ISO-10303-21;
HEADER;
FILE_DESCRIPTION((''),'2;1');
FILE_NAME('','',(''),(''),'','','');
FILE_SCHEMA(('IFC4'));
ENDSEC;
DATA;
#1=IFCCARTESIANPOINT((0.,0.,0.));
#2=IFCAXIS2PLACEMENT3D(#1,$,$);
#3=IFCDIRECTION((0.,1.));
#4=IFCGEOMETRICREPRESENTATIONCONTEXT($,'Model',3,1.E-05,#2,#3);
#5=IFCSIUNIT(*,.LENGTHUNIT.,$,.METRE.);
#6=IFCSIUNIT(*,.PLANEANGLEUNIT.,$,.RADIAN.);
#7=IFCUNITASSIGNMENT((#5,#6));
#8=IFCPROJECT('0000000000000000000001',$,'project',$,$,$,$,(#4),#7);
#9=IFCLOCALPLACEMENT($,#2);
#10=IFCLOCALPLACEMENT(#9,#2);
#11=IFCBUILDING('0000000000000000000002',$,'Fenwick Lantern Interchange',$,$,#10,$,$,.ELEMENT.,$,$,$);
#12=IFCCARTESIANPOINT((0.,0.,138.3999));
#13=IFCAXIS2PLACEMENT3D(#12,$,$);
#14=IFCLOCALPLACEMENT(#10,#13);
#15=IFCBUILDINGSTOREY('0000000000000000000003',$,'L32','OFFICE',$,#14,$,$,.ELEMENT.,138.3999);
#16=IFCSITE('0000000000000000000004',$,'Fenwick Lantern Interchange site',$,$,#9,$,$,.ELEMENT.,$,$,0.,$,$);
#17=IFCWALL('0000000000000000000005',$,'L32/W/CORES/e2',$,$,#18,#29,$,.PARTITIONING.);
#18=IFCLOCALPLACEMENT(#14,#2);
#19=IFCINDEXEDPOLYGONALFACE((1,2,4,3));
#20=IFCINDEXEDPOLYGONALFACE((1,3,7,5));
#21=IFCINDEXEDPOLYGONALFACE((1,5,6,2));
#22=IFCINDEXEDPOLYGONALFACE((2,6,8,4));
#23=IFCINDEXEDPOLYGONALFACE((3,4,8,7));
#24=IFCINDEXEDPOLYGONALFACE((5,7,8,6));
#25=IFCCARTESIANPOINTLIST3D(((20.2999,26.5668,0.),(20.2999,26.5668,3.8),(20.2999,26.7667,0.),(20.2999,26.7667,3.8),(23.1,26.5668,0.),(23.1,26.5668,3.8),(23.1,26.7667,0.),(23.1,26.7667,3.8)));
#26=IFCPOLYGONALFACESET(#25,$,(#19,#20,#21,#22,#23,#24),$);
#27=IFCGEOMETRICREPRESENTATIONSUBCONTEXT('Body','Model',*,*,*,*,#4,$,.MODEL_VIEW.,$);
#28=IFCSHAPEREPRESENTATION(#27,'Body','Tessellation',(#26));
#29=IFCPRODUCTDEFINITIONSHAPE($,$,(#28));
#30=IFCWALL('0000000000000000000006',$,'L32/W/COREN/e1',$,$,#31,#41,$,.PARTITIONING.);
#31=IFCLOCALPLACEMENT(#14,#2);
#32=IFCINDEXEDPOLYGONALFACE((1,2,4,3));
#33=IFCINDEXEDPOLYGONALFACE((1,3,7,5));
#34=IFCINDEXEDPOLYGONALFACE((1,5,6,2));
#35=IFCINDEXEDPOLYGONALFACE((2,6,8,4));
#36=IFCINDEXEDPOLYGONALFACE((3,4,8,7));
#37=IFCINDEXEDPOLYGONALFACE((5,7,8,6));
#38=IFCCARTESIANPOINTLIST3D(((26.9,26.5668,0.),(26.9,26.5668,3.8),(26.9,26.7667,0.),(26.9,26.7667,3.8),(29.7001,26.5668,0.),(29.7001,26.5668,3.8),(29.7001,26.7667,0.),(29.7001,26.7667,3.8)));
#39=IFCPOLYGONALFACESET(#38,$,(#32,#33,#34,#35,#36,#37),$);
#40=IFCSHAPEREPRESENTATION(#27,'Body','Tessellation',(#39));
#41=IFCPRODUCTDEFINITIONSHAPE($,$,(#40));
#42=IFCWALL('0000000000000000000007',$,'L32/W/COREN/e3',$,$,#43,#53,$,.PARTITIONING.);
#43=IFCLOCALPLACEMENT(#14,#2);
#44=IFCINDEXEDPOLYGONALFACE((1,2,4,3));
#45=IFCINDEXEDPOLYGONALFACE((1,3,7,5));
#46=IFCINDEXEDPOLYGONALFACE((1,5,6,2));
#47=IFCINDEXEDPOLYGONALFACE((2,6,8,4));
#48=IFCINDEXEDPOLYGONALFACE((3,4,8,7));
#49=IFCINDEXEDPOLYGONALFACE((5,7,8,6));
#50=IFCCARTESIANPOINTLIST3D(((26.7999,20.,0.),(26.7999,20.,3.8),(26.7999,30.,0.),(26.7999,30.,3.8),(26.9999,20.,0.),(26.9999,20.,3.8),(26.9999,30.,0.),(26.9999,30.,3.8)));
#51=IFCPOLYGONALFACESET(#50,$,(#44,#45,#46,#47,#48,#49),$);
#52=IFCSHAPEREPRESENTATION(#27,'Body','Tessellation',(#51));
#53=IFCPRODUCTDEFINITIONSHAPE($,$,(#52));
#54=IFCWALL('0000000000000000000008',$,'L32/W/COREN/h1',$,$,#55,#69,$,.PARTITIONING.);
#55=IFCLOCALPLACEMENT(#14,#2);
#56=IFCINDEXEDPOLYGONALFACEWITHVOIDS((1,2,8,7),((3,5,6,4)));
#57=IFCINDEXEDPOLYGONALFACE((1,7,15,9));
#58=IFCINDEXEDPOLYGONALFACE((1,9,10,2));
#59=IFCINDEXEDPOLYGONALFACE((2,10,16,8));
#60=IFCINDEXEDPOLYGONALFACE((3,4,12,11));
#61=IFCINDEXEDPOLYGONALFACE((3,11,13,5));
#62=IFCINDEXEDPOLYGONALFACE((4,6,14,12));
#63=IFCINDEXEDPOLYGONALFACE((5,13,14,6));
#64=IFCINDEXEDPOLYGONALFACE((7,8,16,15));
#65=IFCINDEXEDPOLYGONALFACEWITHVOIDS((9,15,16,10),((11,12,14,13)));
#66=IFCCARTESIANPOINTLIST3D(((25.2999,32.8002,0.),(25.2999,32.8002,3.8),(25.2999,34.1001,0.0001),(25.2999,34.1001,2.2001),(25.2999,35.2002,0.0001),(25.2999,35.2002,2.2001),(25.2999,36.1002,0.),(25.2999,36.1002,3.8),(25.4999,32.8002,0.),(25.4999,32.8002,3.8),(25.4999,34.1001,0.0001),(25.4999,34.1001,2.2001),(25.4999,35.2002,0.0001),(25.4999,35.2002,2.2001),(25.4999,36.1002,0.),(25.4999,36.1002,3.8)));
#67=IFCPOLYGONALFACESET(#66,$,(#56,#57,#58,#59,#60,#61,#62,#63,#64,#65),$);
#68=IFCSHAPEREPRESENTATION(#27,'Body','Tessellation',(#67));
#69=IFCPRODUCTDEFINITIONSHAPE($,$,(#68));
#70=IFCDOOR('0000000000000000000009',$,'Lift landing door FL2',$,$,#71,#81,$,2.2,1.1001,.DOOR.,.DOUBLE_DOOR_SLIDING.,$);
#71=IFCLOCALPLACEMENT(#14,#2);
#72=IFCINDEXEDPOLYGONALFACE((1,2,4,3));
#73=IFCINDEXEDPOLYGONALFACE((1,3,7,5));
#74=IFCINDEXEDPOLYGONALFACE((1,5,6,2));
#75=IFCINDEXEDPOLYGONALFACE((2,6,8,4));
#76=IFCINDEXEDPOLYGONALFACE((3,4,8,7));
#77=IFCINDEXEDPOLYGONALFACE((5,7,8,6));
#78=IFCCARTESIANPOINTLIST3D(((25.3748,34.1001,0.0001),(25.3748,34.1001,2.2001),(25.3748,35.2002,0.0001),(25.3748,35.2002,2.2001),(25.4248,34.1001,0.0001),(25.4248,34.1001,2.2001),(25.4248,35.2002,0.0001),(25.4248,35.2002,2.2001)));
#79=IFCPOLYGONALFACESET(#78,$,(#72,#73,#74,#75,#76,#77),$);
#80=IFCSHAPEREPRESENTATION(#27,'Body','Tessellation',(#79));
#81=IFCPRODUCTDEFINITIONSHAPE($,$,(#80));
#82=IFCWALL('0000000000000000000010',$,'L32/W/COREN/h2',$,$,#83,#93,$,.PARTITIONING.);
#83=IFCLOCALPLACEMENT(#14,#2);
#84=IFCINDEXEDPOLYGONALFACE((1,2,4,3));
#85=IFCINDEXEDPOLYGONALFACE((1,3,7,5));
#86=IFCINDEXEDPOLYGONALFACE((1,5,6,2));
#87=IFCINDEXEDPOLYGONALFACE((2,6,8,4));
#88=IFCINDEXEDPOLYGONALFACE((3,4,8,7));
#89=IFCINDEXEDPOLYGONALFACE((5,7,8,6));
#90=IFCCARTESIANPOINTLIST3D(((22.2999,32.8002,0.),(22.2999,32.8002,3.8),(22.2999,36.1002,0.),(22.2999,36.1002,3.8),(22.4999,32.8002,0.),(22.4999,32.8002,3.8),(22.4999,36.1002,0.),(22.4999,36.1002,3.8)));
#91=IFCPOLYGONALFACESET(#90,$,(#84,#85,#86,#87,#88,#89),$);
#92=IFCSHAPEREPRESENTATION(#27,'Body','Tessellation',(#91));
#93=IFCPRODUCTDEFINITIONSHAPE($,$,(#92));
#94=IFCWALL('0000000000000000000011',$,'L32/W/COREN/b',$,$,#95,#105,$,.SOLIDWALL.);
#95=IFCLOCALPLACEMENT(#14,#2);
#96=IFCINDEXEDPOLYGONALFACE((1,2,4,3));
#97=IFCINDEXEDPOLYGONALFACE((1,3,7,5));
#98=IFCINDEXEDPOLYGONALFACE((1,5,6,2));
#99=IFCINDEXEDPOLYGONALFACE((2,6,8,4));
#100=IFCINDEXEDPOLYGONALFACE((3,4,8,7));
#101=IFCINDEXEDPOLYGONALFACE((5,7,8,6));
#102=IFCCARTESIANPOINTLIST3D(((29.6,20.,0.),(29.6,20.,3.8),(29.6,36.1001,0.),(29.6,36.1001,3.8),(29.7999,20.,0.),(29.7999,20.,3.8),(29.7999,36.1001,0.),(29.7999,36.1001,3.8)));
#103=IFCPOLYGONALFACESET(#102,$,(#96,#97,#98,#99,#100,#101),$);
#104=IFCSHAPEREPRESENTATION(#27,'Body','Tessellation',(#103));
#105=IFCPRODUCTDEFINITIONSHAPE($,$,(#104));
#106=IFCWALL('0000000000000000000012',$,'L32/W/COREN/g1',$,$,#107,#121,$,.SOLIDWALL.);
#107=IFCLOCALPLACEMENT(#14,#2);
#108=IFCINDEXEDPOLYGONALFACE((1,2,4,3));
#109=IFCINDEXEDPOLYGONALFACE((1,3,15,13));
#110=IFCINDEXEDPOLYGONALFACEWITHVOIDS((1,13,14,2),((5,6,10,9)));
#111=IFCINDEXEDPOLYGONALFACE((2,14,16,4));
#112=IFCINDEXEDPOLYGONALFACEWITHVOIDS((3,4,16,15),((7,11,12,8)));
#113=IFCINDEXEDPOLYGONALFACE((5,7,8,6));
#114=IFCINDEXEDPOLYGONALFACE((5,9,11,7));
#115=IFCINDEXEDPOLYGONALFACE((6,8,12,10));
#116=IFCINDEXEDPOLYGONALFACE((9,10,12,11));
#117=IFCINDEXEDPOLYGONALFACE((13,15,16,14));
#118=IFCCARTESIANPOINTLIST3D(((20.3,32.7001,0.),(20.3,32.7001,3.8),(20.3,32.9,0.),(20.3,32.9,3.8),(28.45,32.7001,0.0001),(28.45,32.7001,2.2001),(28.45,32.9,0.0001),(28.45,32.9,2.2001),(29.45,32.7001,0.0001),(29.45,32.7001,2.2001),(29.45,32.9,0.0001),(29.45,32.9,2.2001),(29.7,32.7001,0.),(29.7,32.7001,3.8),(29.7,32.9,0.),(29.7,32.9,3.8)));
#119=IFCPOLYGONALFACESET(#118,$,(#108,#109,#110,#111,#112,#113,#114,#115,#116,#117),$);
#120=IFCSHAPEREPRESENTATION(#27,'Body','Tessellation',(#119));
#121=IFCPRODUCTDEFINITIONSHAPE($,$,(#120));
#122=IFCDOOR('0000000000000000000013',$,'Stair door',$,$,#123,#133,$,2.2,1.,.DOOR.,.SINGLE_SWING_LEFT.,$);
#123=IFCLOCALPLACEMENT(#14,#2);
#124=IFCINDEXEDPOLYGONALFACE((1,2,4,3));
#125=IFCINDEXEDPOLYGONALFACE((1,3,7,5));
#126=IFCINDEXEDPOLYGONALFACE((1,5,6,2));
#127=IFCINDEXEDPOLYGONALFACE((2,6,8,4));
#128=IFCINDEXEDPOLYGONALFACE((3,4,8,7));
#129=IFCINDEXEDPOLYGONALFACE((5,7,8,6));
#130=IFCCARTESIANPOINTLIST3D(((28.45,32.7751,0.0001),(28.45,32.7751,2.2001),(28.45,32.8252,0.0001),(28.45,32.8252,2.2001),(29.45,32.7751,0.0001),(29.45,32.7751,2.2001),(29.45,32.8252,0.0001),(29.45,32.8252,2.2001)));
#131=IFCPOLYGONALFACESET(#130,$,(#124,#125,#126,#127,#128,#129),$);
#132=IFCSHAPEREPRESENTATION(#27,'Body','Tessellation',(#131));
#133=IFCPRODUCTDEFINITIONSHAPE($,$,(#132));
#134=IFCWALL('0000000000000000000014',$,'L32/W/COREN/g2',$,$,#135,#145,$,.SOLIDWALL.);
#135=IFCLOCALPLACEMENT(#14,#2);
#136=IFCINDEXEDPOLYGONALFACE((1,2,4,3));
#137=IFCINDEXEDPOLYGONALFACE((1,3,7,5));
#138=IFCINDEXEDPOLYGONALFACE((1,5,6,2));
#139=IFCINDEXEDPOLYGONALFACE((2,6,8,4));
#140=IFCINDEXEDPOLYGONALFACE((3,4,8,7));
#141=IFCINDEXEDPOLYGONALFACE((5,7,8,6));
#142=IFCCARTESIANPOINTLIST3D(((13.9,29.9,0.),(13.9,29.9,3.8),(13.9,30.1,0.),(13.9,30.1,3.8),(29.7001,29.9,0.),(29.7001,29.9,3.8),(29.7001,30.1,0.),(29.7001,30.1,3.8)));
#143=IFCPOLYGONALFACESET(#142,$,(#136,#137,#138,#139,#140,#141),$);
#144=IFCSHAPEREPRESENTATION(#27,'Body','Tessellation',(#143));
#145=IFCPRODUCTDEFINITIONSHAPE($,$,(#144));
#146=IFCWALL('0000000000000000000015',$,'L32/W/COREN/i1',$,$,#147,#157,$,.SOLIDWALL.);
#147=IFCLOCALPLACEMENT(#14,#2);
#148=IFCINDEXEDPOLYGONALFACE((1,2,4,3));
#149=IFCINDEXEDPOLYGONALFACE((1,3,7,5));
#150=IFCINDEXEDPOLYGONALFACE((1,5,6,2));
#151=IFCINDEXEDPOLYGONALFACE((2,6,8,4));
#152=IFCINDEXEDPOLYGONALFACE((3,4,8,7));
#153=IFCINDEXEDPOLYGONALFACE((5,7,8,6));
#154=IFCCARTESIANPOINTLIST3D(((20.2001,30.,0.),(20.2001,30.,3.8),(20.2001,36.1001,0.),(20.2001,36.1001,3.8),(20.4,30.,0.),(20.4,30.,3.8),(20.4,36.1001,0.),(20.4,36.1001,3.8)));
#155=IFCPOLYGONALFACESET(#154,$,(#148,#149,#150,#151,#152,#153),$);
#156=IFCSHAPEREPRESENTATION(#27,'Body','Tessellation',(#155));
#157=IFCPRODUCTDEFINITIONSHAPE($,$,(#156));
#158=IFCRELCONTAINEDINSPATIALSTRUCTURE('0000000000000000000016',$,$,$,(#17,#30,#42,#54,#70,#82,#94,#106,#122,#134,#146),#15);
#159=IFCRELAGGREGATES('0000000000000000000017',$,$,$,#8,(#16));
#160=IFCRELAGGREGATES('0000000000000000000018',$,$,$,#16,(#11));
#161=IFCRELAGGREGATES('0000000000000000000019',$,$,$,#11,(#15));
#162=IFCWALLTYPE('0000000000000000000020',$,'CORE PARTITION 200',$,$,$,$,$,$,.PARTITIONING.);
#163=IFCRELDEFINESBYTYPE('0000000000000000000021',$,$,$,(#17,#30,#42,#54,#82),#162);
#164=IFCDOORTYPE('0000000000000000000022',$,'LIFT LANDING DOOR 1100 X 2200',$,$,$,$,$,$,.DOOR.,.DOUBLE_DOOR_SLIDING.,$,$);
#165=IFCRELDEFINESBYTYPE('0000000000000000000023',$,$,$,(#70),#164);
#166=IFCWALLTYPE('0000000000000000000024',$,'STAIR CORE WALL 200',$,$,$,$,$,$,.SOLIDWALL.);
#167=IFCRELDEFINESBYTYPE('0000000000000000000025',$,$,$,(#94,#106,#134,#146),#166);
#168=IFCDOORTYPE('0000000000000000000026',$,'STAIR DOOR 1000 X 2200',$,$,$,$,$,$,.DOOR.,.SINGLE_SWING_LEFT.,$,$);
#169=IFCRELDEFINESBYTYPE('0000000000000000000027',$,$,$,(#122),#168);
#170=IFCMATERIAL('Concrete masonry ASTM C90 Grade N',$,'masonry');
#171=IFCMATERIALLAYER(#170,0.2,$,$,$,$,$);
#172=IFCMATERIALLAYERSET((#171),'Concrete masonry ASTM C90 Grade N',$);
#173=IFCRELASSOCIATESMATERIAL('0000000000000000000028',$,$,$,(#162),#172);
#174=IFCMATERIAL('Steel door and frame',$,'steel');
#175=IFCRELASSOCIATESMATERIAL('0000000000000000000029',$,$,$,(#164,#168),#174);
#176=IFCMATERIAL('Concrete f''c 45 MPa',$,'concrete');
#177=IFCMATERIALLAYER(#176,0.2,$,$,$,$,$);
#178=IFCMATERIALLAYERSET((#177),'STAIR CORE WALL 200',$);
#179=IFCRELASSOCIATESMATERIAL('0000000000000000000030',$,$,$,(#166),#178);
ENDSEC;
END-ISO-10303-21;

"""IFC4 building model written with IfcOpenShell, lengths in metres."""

from ifc_helpers import new_model, si_unit, direction, frame, frame_2d, origin, place, context, subcontext, project, spatial, rectangle, extrude, material, layer, layer_set, type_object, element, fill, save


model = new_model("IFC4")

# Units and contexts
model_context = context("Model", 3, precision=1e-05, world=origin(), true_north=direction((0.0, 1.0)))
body_context = subcontext(model_context, "Body", "Model", "MODEL_VIEW")
ifc_project = project(units=[si_unit("LENGTHUNIT", "METRE"), si_unit("PLANEANGLEUNIT", "RADIAN")], contexts=[model_context])

# Site, building, storey
site_placement = place(None, origin())
site = spatial("IfcSite", under=ifc_project, at=site_placement, Name="Fenwick Lantern Interchange site", CompositionType="ELEMENT", RefElevation=0.0)
building_placement = place(site_placement, origin())
building = spatial("IfcBuilding", under=site, at=building_placement, Name="Fenwick Lantern Interchange", CompositionType="ELEMENT")
storey_placement = place(building_placement, frame((0.0, 0.0, 138.3999)))
storey = spatial("IfcBuildingStorey", under=building, at=storey_placement, Name="L32", Description="OFFICE", CompositionType="ELEMENT", Elevation=138.3999)

# Walls
ifc_material_1 = material(Name="Concrete masonry ASTM C90 Grade N", Category="masonry")
ifc_layer_1 = layer(ifc_material_1, 0.2)
ifc_layer_set_1 = layer_set([ifc_layer_1], Name="Concrete masonry ASTM C90 Grade N")
wall_type_1 = type_object("IfcWallType", Name="CORE PARTITION 200", PredefinedType="PARTITIONING", material=ifc_layer_set_1)
for number, where, z_axis, x_axis, name in (
    (1, (20.3, 26.6667, 0.0), (0.0, 0.0, 1.0), (1.0, 0.0, 0.0), "L32/W/CORES/e2"),
    (2, (29.7, 26.6667, 0.0), (0.0, 0.0, 1.0), (-1.0, 0.0, 0.0), "L32/W/COREN/e1"),
):
    element("IfcWall", number, at=place(storey_placement, frame(where, z_axis=z_axis, x_axis=x_axis)), inside=storey, type_object=wall_type_1, Name=name, PredefinedType="PARTITIONING", context=body_context, shape_type="SweptSolid", body=[
        extrude(rectangle(XDim=2.8, YDim=0.2, at=frame_2d((1.3999, 0.0))), origin(), (0.0, 0.0, 1.0), 3.8),
    ])
wall_1_placement = place(storey_placement, frame((26.8999, 30.0, 0.0), z_axis=(0.0, 0.0, 1.0), x_axis=(0.0, -1.0, 0.0)))
element("IfcWall", 3, at=wall_1_placement, inside=storey, type_object=wall_type_1, Name="L32/W/COREN/e3", PredefinedType="PARTITIONING", context=body_context, shape_type="SweptSolid", body=[
    extrude(rectangle(XDim=10.0, YDim=0.2, at=frame_2d((5.0, 0.0))), origin(), (0.0, 0.0, 1.0), 3.8),
])

# Wall, opening, door
wall_2_placement = place(storey_placement, frame((25.3999, 36.1001, 0.0), z_axis=(0.0, 0.0, 1.0), x_axis=(0.0, -1.0, 0.0)))
wall_2 = element("IfcWall", 4, at=wall_2_placement, inside=storey, type_object=wall_type_1, Name="L32/W/COREN/h1", PredefinedType="PARTITIONING", context=body_context, shape_type="SweptSolid", body=[
    extrude(rectangle(XDim=3.3, YDim=0.2, at=frame_2d((1.6499, 0.0))), origin(), (0.0, 0.0, 1.0), 3.8),
])
opening_1_placement = place(wall_2_placement, frame((0.8999, 0.0, 0.0)))
opening_1 = element("IfcOpeningElement", 5, at=opening_1_placement, cuts=wall_2, PredefinedType="OPENING", context=body_context, shape_type="SweptSolid", body=[
    extrude(rectangle(XDim=1.1001, YDim=2.2, at=frame_2d((0.55, 1.1001))), frame((0.0, 0.1099, 0.0), z_axis=(0.0, -1.0, 0.0), x_axis=(1.0, 0.0, 0.0)), (0.0, 0.0, 1.0), 0.22),
])
ifc_material_2 = material(Name="Steel door and frame", Category="steel")
door_type_1 = type_object("IfcDoorType", Name="LIFT LANDING DOOR 1100 X 2200", OperationType="DOUBLE_DOOR_SLIDING", PredefinedType="DOOR", material=ifc_material_2)
door_1_placement = place(opening_1_placement, origin())
door_1 = element("IfcDoor", 6, at=door_1_placement, inside=storey, type_object=door_type_1, Name="Lift landing door FL2", OperationType="DOUBLE_DOOR_SLIDING", OverallHeight=2.2, OverallWidth=1.1001, PredefinedType="DOOR", context=body_context, shape_type="SweptSolid", body=[
    extrude(rectangle(XDim=1.1001, YDim=2.2, at=frame_2d((0.55, 1.1001))), frame((0.0, 0.0249, 0.0), z_axis=(0.0, -1.0, 0.0), x_axis=(1.0, 0.0, 0.0)), (0.0, 0.0, 1.0), 0.05),
])
fill(opening_1, door_1)

# Walls
wall_3_placement = place(storey_placement, frame((22.3999, 36.1001, 0.0), z_axis=(0.0, 0.0, 1.0), x_axis=(0.0, -1.0, 0.0)))
element("IfcWall", 7, at=wall_3_placement, inside=storey, type_object=wall_type_1, Name="L32/W/COREN/h2", PredefinedType="PARTITIONING", context=body_context, shape_type="SweptSolid", body=[
    extrude(rectangle(XDim=3.3, YDim=0.2, at=frame_2d((1.6499, 0.0))), origin(), (0.0, 0.0, 1.0), 3.8),
])
ifc_material_3 = material(Name="Concrete f'c 45 MPa", Category="concrete")
ifc_layer_2 = layer(ifc_material_3, 0.2)
ifc_layer_set_2 = layer_set([ifc_layer_2], Name="STAIR CORE WALL 200")
wall_type_2 = type_object("IfcWallType", Name="STAIR CORE WALL 200", PredefinedType="SOLIDWALL", material=ifc_layer_set_2)
wall_4_placement = place(storey_placement, frame((29.7, 36.1001, 0.0), z_axis=(0.0, 0.0, 1.0), x_axis=(0.0, -1.0, 0.0)))
element("IfcWall", 8, at=wall_4_placement, inside=storey, type_object=wall_type_2, Name="L32/W/COREN/b", PredefinedType="SOLIDWALL", context=body_context, shape_type="SweptSolid", body=[
    extrude(rectangle(XDim=16.1001, YDim=0.2, at=frame_2d((8.05, 0.0))), origin(), (0.0, 0.0, 1.0), 3.8),
])

# Wall, opening, door
wall_5_placement = place(storey_placement, frame((29.7, 32.8, 0.0), z_axis=(0.0, 0.0, 1.0), x_axis=(-1.0, 0.0, 0.0)))
wall_5 = element("IfcWall", 9, at=wall_5_placement, inside=storey, type_object=wall_type_2, Name="L32/W/COREN/g1", PredefinedType="SOLIDWALL", context=body_context, shape_type="SweptSolid", body=[
    extrude(rectangle(XDim=9.3999, YDim=0.2, at=frame_2d((4.7, 0.0))), origin(), (0.0, 0.0, 1.0), 3.8),
])
opening_2_placement = place(wall_5_placement, frame((0.25, 0.0, 0.0)))
opening_2 = element("IfcOpeningElement", 10, at=opening_2_placement, cuts=wall_5, PredefinedType="OPENING", context=body_context, shape_type="SweptSolid", body=[
    extrude(rectangle(XDim=1.0, YDim=2.2, at=frame_2d((0.5, 1.1001))), frame((0.0, 0.1099, 0.0), z_axis=(0.0, -1.0, 0.0), x_axis=(1.0, 0.0, 0.0)), (0.0, 0.0, 1.0), 0.22),
])
door_type_2 = type_object("IfcDoorType", Name="STAIR DOOR 1000 X 2200", OperationType="SINGLE_SWING_LEFT", PredefinedType="DOOR", material=ifc_material_2)
door_2_placement = place(opening_2_placement, origin())
door_2 = element("IfcDoor", 11, at=door_2_placement, inside=storey, type_object=door_type_2, Name="Stair door", OperationType="SINGLE_SWING_LEFT", OverallHeight=2.2, OverallWidth=1.0, PredefinedType="DOOR", context=body_context, shape_type="SweptSolid", body=[
    extrude(rectangle(XDim=1.0, YDim=2.2, at=frame_2d((0.5, 1.1001))), frame((0.0, 0.0249, 0.0), z_axis=(0.0, -1.0, 0.0), x_axis=(1.0, 0.0, 0.0)), (0.0, 0.0, 1.0), 0.05),
])
fill(opening_2, door_2)

# Walls
wall_6_placement = place(storey_placement, frame((29.7, 30.0, 0.0), z_axis=(0.0, 0.0, 1.0), x_axis=(-1.0, 0.0, 0.0)))
element("IfcWall", 12, at=wall_6_placement, inside=storey, type_object=wall_type_2, Name="L32/W/COREN/g2", PredefinedType="SOLIDWALL", context=body_context, shape_type="SweptSolid", body=[
    extrude(rectangle(XDim=15.8, YDim=0.2, at=frame_2d((7.8999, 0.0))), origin(), (0.0, 0.0, 1.0), 3.8),
])
wall_7_placement = place(storey_placement, frame((20.3, 36.1001, 0.0), z_axis=(0.0, 0.0, 1.0), x_axis=(0.0, -1.0, 0.0)))
element("IfcWall", 13, at=wall_7_placement, inside=storey, type_object=wall_type_2, Name="L32/W/COREN/i1", PredefinedType="SOLIDWALL", context=body_context, shape_type="SweptSolid", body=[
    extrude(rectangle(XDim=6.1001, YDim=0.2, at=frame_2d((3.05, 0.0))), origin(), (0.0, 0.0, 1.0), 3.8),
])

save(model, "model.ifc")
